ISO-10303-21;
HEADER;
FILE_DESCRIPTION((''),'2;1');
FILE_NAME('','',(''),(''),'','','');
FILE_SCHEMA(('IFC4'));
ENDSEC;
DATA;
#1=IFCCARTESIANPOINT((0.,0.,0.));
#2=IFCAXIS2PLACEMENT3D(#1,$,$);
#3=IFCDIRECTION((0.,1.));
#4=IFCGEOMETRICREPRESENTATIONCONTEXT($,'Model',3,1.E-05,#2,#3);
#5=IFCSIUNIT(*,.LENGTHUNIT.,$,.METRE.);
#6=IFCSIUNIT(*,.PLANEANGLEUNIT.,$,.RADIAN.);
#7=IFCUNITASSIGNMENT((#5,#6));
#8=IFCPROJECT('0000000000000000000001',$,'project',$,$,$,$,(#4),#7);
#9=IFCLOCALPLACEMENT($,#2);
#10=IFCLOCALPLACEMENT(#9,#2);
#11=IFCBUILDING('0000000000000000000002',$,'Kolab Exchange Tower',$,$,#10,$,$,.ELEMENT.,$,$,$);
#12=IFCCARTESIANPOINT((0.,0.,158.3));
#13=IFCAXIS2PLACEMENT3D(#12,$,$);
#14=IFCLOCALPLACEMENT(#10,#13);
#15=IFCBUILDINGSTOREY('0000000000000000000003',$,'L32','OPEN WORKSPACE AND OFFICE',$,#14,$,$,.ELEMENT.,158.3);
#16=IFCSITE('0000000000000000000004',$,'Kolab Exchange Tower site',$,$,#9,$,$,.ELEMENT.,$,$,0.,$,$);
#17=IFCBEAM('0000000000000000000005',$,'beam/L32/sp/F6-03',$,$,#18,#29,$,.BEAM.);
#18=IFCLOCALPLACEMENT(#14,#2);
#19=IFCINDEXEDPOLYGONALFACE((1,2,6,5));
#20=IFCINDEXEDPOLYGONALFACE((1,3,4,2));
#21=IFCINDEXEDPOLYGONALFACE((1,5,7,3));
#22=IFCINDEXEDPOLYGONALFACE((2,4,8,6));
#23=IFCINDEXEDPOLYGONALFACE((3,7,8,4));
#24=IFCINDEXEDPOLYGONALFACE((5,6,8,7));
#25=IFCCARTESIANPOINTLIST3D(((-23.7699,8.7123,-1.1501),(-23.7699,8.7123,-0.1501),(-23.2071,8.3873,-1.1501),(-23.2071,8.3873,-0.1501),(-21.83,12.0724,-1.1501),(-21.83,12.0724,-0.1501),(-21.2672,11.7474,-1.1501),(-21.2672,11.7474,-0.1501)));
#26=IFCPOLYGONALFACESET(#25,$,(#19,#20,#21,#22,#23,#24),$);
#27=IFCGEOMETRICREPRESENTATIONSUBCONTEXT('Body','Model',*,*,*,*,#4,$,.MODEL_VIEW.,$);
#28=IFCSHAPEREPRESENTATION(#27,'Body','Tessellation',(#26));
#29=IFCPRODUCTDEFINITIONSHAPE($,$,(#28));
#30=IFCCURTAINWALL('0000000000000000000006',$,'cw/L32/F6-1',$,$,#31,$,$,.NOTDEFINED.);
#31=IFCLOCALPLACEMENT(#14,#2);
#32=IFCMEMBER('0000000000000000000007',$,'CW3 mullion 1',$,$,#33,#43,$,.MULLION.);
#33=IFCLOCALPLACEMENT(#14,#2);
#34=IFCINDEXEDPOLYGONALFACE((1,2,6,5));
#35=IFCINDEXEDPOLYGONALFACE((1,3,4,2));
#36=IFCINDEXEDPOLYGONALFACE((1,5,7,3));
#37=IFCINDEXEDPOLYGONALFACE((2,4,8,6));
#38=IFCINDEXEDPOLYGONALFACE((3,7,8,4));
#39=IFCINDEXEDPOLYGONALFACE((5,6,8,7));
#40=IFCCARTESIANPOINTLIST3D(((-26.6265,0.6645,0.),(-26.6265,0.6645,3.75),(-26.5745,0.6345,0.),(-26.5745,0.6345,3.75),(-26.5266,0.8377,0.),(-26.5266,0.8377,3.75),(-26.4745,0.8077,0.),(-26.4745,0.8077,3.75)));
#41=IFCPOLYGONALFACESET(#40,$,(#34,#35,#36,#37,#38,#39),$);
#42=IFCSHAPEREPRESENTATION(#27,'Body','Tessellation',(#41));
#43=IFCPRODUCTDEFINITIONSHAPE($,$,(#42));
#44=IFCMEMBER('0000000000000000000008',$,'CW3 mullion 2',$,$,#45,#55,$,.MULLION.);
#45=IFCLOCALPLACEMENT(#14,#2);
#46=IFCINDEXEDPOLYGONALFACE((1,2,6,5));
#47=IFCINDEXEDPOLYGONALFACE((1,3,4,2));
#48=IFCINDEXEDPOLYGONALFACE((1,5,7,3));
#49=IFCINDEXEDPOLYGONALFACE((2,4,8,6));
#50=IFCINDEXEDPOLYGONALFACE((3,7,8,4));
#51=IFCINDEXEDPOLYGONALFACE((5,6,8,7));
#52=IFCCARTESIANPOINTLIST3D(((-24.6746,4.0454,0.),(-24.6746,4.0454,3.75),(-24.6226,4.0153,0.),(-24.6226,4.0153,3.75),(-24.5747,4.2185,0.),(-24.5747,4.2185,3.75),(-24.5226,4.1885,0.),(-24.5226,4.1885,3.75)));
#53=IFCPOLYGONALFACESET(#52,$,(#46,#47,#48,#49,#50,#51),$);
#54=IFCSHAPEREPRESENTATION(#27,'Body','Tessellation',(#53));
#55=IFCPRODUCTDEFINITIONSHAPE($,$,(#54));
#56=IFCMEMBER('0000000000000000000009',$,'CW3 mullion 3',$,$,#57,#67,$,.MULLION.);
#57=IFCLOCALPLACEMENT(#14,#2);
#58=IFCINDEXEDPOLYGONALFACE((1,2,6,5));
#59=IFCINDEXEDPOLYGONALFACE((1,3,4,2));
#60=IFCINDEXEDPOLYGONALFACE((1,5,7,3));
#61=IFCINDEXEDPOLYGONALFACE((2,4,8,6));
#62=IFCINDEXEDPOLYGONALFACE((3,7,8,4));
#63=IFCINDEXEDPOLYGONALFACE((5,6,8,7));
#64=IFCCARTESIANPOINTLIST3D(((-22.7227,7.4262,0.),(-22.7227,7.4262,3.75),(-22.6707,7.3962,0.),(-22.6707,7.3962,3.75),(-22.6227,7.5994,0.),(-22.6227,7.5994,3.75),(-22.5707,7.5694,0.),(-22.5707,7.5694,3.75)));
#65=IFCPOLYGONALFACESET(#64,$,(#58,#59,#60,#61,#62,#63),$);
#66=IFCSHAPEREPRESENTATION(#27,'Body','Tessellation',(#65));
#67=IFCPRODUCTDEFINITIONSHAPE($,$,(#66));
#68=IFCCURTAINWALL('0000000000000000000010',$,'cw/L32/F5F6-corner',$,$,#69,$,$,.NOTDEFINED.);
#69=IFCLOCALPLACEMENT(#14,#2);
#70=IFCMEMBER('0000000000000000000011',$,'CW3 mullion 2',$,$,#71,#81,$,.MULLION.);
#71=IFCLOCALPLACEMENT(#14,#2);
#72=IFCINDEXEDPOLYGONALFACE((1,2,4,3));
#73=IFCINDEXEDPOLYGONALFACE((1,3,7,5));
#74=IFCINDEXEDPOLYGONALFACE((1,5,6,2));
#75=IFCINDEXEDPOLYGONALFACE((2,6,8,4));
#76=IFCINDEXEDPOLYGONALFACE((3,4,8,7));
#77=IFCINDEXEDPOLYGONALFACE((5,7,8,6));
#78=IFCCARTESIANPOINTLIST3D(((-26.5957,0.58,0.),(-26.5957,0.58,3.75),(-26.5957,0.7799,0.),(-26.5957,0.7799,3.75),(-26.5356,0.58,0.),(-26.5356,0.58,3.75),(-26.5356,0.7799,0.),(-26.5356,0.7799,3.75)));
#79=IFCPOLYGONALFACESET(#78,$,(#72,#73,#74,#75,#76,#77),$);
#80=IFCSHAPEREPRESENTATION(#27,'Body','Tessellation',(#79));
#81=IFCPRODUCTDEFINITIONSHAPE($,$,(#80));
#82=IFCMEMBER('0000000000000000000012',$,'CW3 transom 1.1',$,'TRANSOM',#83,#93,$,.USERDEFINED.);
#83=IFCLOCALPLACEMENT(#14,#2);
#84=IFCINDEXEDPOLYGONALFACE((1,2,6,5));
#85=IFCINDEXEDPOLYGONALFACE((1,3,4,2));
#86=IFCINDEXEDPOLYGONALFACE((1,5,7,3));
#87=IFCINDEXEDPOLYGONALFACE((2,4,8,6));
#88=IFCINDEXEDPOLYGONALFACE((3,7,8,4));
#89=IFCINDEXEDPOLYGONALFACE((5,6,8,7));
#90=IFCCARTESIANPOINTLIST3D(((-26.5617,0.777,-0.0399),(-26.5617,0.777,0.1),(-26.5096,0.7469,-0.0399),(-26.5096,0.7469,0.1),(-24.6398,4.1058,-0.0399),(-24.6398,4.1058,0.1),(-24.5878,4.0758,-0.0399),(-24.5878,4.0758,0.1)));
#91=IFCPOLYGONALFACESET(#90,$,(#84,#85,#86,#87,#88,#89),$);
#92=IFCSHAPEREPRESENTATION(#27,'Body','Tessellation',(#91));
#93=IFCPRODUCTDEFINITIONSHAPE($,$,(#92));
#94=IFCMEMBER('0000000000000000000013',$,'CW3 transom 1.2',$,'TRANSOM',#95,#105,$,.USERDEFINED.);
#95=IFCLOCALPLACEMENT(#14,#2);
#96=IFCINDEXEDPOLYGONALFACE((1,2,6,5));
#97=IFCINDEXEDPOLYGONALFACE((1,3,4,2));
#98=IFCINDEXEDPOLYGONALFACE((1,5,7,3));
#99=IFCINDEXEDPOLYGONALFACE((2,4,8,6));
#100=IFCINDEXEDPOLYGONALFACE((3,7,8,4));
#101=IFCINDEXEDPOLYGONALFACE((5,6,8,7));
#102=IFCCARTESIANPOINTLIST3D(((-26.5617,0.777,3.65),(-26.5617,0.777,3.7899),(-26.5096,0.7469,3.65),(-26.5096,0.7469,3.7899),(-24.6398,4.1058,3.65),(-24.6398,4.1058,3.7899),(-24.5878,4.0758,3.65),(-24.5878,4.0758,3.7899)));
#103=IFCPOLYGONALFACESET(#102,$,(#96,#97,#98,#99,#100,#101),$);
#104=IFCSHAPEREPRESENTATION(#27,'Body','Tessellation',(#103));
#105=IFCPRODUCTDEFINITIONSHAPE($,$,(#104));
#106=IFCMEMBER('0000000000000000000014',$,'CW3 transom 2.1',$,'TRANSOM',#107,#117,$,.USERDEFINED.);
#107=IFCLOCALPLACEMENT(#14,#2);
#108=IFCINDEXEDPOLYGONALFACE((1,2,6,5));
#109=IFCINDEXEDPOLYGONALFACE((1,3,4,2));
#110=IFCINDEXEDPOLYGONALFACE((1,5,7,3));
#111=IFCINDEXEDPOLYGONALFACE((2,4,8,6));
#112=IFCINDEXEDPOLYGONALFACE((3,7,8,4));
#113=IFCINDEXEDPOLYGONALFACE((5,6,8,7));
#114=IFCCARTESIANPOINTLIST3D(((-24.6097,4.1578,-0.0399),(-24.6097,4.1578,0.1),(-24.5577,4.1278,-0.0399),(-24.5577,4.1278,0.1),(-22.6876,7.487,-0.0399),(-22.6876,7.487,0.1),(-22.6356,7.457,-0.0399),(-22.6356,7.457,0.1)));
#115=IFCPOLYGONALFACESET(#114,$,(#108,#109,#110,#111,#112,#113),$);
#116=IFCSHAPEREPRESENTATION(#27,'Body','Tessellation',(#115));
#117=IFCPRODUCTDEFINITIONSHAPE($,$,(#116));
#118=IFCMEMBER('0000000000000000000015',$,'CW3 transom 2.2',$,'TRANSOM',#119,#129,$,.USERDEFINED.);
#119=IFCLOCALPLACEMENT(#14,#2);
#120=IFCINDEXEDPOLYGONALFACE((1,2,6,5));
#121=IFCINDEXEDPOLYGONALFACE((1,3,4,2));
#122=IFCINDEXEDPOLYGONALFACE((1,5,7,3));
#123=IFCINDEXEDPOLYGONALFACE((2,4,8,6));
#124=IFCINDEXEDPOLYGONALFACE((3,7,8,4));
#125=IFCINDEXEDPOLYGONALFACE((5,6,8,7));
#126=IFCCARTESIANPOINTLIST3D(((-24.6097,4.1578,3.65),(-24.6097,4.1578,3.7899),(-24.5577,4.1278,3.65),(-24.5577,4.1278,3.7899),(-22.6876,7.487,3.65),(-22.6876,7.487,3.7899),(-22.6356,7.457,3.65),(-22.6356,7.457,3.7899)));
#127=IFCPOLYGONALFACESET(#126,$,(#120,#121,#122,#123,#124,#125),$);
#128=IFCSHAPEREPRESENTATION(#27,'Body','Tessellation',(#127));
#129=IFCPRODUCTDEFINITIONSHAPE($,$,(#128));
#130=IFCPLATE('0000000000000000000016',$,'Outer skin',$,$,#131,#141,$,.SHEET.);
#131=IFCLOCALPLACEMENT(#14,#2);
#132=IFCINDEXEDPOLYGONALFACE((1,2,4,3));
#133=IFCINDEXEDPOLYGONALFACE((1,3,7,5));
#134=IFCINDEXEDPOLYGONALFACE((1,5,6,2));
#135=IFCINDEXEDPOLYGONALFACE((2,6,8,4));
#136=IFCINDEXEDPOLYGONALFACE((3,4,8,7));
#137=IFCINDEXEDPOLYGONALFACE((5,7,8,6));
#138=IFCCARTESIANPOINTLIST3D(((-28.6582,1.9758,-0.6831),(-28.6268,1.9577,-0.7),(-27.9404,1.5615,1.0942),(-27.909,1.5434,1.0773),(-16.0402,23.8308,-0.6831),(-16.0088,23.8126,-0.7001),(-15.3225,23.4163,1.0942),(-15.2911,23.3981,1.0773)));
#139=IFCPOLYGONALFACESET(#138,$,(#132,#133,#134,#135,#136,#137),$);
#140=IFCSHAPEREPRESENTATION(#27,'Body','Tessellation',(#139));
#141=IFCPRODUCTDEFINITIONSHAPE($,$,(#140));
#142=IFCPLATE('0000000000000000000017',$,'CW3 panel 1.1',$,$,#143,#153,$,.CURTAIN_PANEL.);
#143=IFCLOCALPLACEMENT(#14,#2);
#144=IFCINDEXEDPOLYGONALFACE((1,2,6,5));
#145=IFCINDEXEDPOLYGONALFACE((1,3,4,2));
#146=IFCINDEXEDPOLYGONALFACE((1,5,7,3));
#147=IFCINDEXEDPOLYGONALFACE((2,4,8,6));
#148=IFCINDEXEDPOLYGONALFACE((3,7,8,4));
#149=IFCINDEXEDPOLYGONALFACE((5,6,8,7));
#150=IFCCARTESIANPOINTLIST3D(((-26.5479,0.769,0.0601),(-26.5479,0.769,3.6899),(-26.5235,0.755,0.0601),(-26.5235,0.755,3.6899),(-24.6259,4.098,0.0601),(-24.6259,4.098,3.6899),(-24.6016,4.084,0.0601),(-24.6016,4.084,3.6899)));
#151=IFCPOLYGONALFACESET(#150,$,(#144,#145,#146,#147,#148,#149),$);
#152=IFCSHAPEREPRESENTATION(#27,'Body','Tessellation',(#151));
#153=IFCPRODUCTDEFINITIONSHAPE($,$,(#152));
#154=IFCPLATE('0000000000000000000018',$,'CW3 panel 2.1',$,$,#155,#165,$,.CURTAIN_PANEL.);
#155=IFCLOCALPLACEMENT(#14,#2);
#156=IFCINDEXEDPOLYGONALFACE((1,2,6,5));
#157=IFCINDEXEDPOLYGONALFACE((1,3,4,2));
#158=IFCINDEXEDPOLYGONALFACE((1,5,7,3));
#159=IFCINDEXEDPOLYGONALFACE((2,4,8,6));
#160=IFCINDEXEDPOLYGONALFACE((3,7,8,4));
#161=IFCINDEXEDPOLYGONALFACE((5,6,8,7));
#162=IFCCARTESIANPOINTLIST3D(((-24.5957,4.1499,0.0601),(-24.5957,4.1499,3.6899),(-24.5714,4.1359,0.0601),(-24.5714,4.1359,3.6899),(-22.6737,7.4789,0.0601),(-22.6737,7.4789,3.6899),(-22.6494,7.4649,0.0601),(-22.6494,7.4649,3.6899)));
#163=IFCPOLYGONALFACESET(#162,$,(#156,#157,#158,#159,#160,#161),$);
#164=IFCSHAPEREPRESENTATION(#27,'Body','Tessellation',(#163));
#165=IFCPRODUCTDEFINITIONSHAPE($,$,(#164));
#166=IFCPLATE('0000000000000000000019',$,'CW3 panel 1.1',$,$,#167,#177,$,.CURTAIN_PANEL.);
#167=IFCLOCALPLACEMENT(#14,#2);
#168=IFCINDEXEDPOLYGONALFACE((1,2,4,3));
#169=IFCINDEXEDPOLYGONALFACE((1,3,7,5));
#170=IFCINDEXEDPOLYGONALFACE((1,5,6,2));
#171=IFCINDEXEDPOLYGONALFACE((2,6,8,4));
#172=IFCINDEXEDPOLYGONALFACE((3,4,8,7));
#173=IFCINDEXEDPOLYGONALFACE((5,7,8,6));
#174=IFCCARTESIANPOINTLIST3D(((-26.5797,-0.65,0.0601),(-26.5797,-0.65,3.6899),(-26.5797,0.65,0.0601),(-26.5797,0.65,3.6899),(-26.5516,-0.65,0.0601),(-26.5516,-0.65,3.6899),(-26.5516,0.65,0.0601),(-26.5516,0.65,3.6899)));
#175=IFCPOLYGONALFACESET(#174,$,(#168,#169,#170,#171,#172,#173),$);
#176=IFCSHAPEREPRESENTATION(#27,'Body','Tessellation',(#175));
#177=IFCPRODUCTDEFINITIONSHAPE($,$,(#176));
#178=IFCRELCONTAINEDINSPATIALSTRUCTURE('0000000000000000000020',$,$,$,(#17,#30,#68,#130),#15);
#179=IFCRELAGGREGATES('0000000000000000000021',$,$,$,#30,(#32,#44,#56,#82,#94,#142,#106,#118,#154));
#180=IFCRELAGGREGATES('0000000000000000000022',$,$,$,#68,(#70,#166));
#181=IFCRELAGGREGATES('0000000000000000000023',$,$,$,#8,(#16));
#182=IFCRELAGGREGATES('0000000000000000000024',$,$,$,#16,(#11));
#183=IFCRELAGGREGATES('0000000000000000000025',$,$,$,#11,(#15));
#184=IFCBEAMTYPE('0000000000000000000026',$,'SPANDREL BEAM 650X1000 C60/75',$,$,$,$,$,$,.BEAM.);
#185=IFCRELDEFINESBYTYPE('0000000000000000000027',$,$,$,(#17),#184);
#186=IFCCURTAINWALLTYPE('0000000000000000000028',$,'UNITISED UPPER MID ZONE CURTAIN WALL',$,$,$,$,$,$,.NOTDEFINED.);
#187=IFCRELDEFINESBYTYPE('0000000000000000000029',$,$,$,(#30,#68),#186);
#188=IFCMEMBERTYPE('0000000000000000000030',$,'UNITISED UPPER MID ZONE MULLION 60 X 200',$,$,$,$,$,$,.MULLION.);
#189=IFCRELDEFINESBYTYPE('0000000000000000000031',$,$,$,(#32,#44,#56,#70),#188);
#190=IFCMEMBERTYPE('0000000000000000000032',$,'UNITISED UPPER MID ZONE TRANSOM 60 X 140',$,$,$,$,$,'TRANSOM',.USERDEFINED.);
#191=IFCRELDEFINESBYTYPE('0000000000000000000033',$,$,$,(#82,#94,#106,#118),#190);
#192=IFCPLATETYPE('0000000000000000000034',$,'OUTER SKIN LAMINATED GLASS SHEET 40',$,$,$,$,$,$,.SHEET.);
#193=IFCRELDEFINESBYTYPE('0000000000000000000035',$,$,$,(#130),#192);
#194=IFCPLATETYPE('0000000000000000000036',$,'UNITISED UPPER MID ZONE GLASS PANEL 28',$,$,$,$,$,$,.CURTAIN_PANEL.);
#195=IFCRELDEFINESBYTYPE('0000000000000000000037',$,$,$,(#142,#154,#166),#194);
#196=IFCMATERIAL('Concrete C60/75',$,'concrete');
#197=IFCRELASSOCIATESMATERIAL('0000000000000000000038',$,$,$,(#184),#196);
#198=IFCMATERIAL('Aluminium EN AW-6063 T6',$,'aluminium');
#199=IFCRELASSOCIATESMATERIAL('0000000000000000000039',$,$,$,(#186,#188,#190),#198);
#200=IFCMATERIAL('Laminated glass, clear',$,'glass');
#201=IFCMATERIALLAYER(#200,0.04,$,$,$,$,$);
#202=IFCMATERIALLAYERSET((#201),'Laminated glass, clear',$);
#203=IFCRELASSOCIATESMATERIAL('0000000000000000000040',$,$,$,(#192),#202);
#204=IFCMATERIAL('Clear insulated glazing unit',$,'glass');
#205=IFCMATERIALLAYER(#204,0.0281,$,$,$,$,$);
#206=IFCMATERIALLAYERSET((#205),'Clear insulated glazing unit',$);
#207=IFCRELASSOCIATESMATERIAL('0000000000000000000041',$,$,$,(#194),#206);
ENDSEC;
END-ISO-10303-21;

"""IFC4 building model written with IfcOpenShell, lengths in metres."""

from ifc_helpers import new_model, si_unit, direction, frame, origin, origin_2d, place, context, subcontext, project, spatial, polyline, rectangle, outline, extrude, material, layer, layer_set, material_profile, profile_set, type_object, element, aggregate, save


model = new_model("IFC4")

# Units and contexts
model_context = context("Model", 3, precision=1e-05, world=origin(), true_north=direction((0.0, 1.0)))
body_context = subcontext(model_context, "Body", "Model", "MODEL_VIEW")
ifc_project = project(units=[si_unit("LENGTHUNIT", "METRE"), si_unit("PLANEANGLEUNIT", "RADIAN")], contexts=[model_context])

# Site, building, storey
site_placement = place(None, origin())
site = spatial("IfcSite", under=ifc_project, at=site_placement, Name="Kolab Exchange Tower site", CompositionType="ELEMENT", RefElevation=0.0)
building_placement = place(site_placement, origin())
building = spatial("IfcBuilding", under=site, at=building_placement, Name="Kolab Exchange Tower", CompositionType="ELEMENT")
storey_placement = place(building_placement, frame((0.0, 0.0, 158.3)))
storey = spatial("IfcBuildingStorey", under=building, at=storey_placement, Name="L32", Description="OPEN WORKSPACE AND OFFICE", CompositionType="ELEMENT", Elevation=158.3)

# Shared definitions
ifc_material_1 = material(Name="Concrete C60/75", Category="concrete")

# Beam
ifc_material_profile_1 = material_profile(ifc_material_1, rectangle(XDim=0.6499, YDim=1.0, at=origin_2d()), Name="RC650X1000")
ifc_profile_set_1 = profile_set([ifc_material_profile_1], Name="Concrete C60/75")
beam_type_1 = type_object("IfcBeamType", Name="SPANDREL BEAM 650X1000 C60/75", PredefinedType="BEAM", material=ifc_profile_set_1)
for number, where, z_axis, x_axis, name in (
    (1, (-23.4885, 8.5498, -0.6501), (0.499997, 0.866027, 0.0), (-0.866027, 0.499997, 0.0), "beam/L32/sp/F6-03"),
):
    element("IfcBeam", number, at=place(storey_placement, frame(where, z_axis=z_axis, x_axis=x_axis)), inside=storey, type_object=beam_type_1, Name=name, PredefinedType="BEAM", context=body_context, shape_type="SweptSolid", body=[
        extrude(rectangle(XDim=0.6499, YDim=1.0, at=origin_2d()), origin(), (0.0, 0.0, 1.0), 3.8799),
    ])

# Curtain wall, members
ifc_material_2 = material(Name="Aluminium EN AW-6063 T6", Category="aluminium")
curtain_wall_type = type_object("IfcCurtainWallType", Name="UNITISED UPPER MID ZONE CURTAIN WALL", PredefinedType="NOTDEFINED", material=ifc_material_2)
curtain_wall_1_placement = place(storey_placement, origin())
curtain_wall_1 = element("IfcCurtainWall", 2, at=curtain_wall_1_placement, inside=storey, type_object=curtain_wall_type, Name="cw/L32/F6-1", PredefinedType="NOTDEFINED")
ifc_material_profile_2 = material_profile(ifc_material_2, rectangle(XDim=0.0601, YDim=0.2, at=origin_2d()), Name="RECT 60X200")
ifc_profile_set_2 = profile_set([ifc_material_profile_2], Name="Aluminium EN AW-6063 T6")
member_type_1 = type_object("IfcMemberType", Name="UNITISED UPPER MID ZONE MULLION 60 X 200", PredefinedType="MULLION", material=ifc_profile_set_2)
member_1_placement = place(storey_placement, frame((-26.5505, 0.7361, 0.0), z_axis=(0.0, 0.0, 1.0), x_axis=(-0.866025, 0.5, 0.0)))
member_1 = element("IfcMember", 3, at=member_1_placement, type_object=member_type_1, Name="CW3 mullion 1", PredefinedType="MULLION", context=body_context, shape_type="SweptSolid", body=[
    extrude(rectangle(XDim=0.0601, YDim=0.2, at=origin_2d()), origin(), (0.0, 0.0, 1.0), 3.75),
])
member_2_placement = place(storey_placement, frame((-24.5986, 4.1169, 0.0), z_axis=(0.0, 0.0, 1.0), x_axis=(-0.866025, 0.5, 0.0)))
member_2 = element("IfcMember", 4, at=member_2_placement, type_object=member_type_1, Name="CW3 mullion 2", PredefinedType="MULLION", context=body_context, shape_type="SweptSolid", body=[
    extrude(rectangle(XDim=0.0601, YDim=0.2, at=origin_2d()), origin(), (0.0, 0.0, 1.0), 3.75),
])
member_3_placement = place(storey_placement, frame((-22.6467, 7.4978, 0.0), z_axis=(0.0, 0.0, 1.0), x_axis=(-0.866025, 0.5, 0.0)))
member_3 = element("IfcMember", 5, at=member_3_placement, type_object=member_type_1, Name="CW3 mullion 3", PredefinedType="MULLION", context=body_context, shape_type="SweptSolid", body=[
    extrude(rectangle(XDim=0.0601, YDim=0.2, at=origin_2d()), origin(), (0.0, 0.0, 1.0), 3.75),
])

# Curtain wall, member
curtain_wall_2_placement = place(storey_placement, origin())
curtain_wall_2 = element("IfcCurtainWall", 6, at=curtain_wall_2_placement, inside=storey, type_object=curtain_wall_type, Name="cw/L32/F5F6-corner", PredefinedType="NOTDEFINED")
member_4_placement = place(storey_placement, frame((-26.5657, 0.6799, 0.0), z_axis=(0.0, 0.0, 1.0), x_axis=(-1.0, 0.0, 0.0)))
member_4 = element("IfcMember", 7, at=member_4_placement, type_object=member_type_1, Name="CW3 mullion 2", PredefinedType="MULLION", context=body_context, shape_type="SweptSolid", body=[
    extrude(rectangle(XDim=0.0601, YDim=0.2, at=origin_2d()), origin(), (0.0, 0.0, 1.0), 3.75),
])

# Members
ifc_material_profile_3 = material_profile(ifc_material_2, rectangle(XDim=0.0601, YDim=0.1399, at=origin_2d()), Name="RECT 60X140")
ifc_profile_set_3 = profile_set([ifc_material_profile_3], Name="Aluminium EN AW-6063 T6")
member_type_2 = type_object("IfcMemberType", Name="UNITISED UPPER MID ZONE TRANSOM 60 X 140", ElementType="TRANSOM", PredefinedType="USERDEFINED", material=ifc_profile_set_3)
member_5_placement = place(storey_placement, frame((-26.5356, 0.762, 0.03), z_axis=(0.499992, 0.86603, 0.0), x_axis=(-0.86603, 0.499992, 0.0)))
member_5 = element("IfcMember", 8, at=member_5_placement, type_object=member_type_2, Name="CW3 transom 1.1", ObjectType="TRANSOM", PredefinedType="USERDEFINED", context=body_context, shape_type="SweptSolid", body=[
    extrude(rectangle(XDim=0.0601, YDim=0.1399, at=origin_2d()), origin(), (0.0, 0.0, 1.0), 3.8438),
])
member_6_placement = place(storey_placement, frame((-26.5356, 0.762, 3.72), z_axis=(0.499992, 0.86603, 0.0), x_axis=(-0.86603, 0.499992, 0.0)))
member_6 = element("IfcMember", 9, at=member_6_placement, type_object=member_type_2, Name="CW3 transom 1.2", ObjectType="TRANSOM", PredefinedType="USERDEFINED", context=body_context, shape_type="SweptSolid", body=[
    extrude(rectangle(XDim=0.0601, YDim=0.1399, at=origin_2d()), origin(), (0.0, 0.0, 1.0), 3.8438),
])
member_7_placement = place(storey_placement, frame((-24.5837, 4.1428, 0.03), z_axis=(0.500012, 0.866018, 0.0), x_axis=(-0.866018, 0.500012, 0.0)))
member_7 = element("IfcMember", 10, at=member_7_placement, type_object=member_type_2, Name="CW3 transom 2.1", ObjectType="TRANSOM", PredefinedType="USERDEFINED", context=body_context, shape_type="SweptSolid", body=[
    extrude(rectangle(XDim=0.0601, YDim=0.1399, at=origin_2d()), origin(), (0.0, 0.0, 1.0), 3.8442),
])
member_8_placement = place(storey_placement, frame((-24.5837, 4.1428, 3.72), z_axis=(0.500012, 0.866018, 0.0), x_axis=(-0.866018, 0.500012, 0.0)))
member_8 = element("IfcMember", 11, at=member_8_placement, type_object=member_type_2, Name="CW3 transom 2.2", ObjectType="TRANSOM", PredefinedType="USERDEFINED", context=body_context, shape_type="SweptSolid", body=[
    extrude(rectangle(XDim=0.0601, YDim=0.1399, at=origin_2d()), origin(), (0.0, 0.0, 1.0), 3.8442),
])

# Plates
ifc_material_3 = material(Name="Laminated glass, clear", Category="glass")
ifc_layer_1 = layer(ifc_material_3, 0.04)
ifc_layer_set_1 = layer_set([ifc_layer_1], Name="Laminated glass, clear")
plate_type_1 = type_object("IfcPlateType", Name="OUTER SKIN LAMINATED GLASS SHEET 40", PredefinedType="SHEET", material=ifc_layer_set_1)
plate_1_placement = place(storey_placement, frame((-28.6582, 1.9758, -0.6831), z_axis=(-0.784879, 0.453151, 0.422633), x_axis=(0.5, 0.866025, -0.000001)))
element("IfcPlate", 12, at=plate_1_placement, inside=storey, type_object=plate_type_1, Name="Outer skin", PredefinedType="SHEET", context=body_context, shape_type="SweptSolid", body=[
    extrude(outline(polyline([(0.0, 0.0), (25.2359, 0.0), (25.2358, -1.9611), (0.0001, -1.9611), (0.0, 0.0)])), origin(), (0.0, 0.0, -1.0), 0.04),
])
ifc_material_4 = material(Name="Clear insulated glazing unit", Category="glass")
ifc_layer_2 = layer(ifc_material_4, 0.0281)
ifc_layer_set_2 = layer_set([ifc_layer_2], Name="Clear insulated glazing unit")
plate_type_2 = type_object("IfcPlateType", Name="UNITISED UPPER MID ZONE GLASS PANEL 28", PredefinedType="CURTAIN_PANEL", material=ifc_layer_set_2)
plate_2_placement = place(storey_placement, frame((-25.5747, 2.4265, 0.0601), z_axis=(0.0, 0.0, 1.0), x_axis=(0.5, 0.866025, 0.0)))
plate_2 = element("IfcPlate", 13, at=plate_2_placement, type_object=plate_type_2, Name="CW3 panel 1.1", PredefinedType="CURTAIN_PANEL", context=body_context, shape_type="SweptSolid", body=[
    extrude(rectangle(XDim=3.844, YDim=0.0281, at=origin_2d()), origin(), (0.0, 0.0, 1.0), 3.6299),
])
plate_3_placement = place(storey_placement, frame((-23.6226, 5.8074, 0.0601), z_axis=(0.0, 0.0, 1.0), x_axis=(0.5, 0.866025, 0.0)))
plate_3 = element("IfcPlate", 14, at=plate_3_placement, type_object=plate_type_2, Name="CW3 panel 2.1", PredefinedType="CURTAIN_PANEL", context=body_context, shape_type="SweptSolid", body=[
    extrude(rectangle(XDim=3.844, YDim=0.0281, at=origin_2d()), origin(), (0.0, 0.0, 1.0), 3.6299),
])
aggregate(curtain_wall_1, [member_1, member_2, member_3, member_5, member_6, plate_2, member_7, member_8, plate_3])
plate_4_placement = place(storey_placement, frame((-26.5657, 0.0, 0.0601), z_axis=(0.0, 0.0, 1.0), x_axis=(0.0, 1.0, 0.0)))
plate_4 = element("IfcPlate", 15, at=plate_4_placement, type_object=plate_type_2, Name="CW3 panel 1.1", PredefinedType="CURTAIN_PANEL", context=body_context, shape_type="SweptSolid", body=[
    extrude(rectangle(XDim=1.3, YDim=0.0281, at=origin_2d()), origin(), (0.0, 0.0, 1.0), 3.6299),
])
aggregate(curtain_wall_2, [member_4, plate_4])

save(model, "model.ifc")
